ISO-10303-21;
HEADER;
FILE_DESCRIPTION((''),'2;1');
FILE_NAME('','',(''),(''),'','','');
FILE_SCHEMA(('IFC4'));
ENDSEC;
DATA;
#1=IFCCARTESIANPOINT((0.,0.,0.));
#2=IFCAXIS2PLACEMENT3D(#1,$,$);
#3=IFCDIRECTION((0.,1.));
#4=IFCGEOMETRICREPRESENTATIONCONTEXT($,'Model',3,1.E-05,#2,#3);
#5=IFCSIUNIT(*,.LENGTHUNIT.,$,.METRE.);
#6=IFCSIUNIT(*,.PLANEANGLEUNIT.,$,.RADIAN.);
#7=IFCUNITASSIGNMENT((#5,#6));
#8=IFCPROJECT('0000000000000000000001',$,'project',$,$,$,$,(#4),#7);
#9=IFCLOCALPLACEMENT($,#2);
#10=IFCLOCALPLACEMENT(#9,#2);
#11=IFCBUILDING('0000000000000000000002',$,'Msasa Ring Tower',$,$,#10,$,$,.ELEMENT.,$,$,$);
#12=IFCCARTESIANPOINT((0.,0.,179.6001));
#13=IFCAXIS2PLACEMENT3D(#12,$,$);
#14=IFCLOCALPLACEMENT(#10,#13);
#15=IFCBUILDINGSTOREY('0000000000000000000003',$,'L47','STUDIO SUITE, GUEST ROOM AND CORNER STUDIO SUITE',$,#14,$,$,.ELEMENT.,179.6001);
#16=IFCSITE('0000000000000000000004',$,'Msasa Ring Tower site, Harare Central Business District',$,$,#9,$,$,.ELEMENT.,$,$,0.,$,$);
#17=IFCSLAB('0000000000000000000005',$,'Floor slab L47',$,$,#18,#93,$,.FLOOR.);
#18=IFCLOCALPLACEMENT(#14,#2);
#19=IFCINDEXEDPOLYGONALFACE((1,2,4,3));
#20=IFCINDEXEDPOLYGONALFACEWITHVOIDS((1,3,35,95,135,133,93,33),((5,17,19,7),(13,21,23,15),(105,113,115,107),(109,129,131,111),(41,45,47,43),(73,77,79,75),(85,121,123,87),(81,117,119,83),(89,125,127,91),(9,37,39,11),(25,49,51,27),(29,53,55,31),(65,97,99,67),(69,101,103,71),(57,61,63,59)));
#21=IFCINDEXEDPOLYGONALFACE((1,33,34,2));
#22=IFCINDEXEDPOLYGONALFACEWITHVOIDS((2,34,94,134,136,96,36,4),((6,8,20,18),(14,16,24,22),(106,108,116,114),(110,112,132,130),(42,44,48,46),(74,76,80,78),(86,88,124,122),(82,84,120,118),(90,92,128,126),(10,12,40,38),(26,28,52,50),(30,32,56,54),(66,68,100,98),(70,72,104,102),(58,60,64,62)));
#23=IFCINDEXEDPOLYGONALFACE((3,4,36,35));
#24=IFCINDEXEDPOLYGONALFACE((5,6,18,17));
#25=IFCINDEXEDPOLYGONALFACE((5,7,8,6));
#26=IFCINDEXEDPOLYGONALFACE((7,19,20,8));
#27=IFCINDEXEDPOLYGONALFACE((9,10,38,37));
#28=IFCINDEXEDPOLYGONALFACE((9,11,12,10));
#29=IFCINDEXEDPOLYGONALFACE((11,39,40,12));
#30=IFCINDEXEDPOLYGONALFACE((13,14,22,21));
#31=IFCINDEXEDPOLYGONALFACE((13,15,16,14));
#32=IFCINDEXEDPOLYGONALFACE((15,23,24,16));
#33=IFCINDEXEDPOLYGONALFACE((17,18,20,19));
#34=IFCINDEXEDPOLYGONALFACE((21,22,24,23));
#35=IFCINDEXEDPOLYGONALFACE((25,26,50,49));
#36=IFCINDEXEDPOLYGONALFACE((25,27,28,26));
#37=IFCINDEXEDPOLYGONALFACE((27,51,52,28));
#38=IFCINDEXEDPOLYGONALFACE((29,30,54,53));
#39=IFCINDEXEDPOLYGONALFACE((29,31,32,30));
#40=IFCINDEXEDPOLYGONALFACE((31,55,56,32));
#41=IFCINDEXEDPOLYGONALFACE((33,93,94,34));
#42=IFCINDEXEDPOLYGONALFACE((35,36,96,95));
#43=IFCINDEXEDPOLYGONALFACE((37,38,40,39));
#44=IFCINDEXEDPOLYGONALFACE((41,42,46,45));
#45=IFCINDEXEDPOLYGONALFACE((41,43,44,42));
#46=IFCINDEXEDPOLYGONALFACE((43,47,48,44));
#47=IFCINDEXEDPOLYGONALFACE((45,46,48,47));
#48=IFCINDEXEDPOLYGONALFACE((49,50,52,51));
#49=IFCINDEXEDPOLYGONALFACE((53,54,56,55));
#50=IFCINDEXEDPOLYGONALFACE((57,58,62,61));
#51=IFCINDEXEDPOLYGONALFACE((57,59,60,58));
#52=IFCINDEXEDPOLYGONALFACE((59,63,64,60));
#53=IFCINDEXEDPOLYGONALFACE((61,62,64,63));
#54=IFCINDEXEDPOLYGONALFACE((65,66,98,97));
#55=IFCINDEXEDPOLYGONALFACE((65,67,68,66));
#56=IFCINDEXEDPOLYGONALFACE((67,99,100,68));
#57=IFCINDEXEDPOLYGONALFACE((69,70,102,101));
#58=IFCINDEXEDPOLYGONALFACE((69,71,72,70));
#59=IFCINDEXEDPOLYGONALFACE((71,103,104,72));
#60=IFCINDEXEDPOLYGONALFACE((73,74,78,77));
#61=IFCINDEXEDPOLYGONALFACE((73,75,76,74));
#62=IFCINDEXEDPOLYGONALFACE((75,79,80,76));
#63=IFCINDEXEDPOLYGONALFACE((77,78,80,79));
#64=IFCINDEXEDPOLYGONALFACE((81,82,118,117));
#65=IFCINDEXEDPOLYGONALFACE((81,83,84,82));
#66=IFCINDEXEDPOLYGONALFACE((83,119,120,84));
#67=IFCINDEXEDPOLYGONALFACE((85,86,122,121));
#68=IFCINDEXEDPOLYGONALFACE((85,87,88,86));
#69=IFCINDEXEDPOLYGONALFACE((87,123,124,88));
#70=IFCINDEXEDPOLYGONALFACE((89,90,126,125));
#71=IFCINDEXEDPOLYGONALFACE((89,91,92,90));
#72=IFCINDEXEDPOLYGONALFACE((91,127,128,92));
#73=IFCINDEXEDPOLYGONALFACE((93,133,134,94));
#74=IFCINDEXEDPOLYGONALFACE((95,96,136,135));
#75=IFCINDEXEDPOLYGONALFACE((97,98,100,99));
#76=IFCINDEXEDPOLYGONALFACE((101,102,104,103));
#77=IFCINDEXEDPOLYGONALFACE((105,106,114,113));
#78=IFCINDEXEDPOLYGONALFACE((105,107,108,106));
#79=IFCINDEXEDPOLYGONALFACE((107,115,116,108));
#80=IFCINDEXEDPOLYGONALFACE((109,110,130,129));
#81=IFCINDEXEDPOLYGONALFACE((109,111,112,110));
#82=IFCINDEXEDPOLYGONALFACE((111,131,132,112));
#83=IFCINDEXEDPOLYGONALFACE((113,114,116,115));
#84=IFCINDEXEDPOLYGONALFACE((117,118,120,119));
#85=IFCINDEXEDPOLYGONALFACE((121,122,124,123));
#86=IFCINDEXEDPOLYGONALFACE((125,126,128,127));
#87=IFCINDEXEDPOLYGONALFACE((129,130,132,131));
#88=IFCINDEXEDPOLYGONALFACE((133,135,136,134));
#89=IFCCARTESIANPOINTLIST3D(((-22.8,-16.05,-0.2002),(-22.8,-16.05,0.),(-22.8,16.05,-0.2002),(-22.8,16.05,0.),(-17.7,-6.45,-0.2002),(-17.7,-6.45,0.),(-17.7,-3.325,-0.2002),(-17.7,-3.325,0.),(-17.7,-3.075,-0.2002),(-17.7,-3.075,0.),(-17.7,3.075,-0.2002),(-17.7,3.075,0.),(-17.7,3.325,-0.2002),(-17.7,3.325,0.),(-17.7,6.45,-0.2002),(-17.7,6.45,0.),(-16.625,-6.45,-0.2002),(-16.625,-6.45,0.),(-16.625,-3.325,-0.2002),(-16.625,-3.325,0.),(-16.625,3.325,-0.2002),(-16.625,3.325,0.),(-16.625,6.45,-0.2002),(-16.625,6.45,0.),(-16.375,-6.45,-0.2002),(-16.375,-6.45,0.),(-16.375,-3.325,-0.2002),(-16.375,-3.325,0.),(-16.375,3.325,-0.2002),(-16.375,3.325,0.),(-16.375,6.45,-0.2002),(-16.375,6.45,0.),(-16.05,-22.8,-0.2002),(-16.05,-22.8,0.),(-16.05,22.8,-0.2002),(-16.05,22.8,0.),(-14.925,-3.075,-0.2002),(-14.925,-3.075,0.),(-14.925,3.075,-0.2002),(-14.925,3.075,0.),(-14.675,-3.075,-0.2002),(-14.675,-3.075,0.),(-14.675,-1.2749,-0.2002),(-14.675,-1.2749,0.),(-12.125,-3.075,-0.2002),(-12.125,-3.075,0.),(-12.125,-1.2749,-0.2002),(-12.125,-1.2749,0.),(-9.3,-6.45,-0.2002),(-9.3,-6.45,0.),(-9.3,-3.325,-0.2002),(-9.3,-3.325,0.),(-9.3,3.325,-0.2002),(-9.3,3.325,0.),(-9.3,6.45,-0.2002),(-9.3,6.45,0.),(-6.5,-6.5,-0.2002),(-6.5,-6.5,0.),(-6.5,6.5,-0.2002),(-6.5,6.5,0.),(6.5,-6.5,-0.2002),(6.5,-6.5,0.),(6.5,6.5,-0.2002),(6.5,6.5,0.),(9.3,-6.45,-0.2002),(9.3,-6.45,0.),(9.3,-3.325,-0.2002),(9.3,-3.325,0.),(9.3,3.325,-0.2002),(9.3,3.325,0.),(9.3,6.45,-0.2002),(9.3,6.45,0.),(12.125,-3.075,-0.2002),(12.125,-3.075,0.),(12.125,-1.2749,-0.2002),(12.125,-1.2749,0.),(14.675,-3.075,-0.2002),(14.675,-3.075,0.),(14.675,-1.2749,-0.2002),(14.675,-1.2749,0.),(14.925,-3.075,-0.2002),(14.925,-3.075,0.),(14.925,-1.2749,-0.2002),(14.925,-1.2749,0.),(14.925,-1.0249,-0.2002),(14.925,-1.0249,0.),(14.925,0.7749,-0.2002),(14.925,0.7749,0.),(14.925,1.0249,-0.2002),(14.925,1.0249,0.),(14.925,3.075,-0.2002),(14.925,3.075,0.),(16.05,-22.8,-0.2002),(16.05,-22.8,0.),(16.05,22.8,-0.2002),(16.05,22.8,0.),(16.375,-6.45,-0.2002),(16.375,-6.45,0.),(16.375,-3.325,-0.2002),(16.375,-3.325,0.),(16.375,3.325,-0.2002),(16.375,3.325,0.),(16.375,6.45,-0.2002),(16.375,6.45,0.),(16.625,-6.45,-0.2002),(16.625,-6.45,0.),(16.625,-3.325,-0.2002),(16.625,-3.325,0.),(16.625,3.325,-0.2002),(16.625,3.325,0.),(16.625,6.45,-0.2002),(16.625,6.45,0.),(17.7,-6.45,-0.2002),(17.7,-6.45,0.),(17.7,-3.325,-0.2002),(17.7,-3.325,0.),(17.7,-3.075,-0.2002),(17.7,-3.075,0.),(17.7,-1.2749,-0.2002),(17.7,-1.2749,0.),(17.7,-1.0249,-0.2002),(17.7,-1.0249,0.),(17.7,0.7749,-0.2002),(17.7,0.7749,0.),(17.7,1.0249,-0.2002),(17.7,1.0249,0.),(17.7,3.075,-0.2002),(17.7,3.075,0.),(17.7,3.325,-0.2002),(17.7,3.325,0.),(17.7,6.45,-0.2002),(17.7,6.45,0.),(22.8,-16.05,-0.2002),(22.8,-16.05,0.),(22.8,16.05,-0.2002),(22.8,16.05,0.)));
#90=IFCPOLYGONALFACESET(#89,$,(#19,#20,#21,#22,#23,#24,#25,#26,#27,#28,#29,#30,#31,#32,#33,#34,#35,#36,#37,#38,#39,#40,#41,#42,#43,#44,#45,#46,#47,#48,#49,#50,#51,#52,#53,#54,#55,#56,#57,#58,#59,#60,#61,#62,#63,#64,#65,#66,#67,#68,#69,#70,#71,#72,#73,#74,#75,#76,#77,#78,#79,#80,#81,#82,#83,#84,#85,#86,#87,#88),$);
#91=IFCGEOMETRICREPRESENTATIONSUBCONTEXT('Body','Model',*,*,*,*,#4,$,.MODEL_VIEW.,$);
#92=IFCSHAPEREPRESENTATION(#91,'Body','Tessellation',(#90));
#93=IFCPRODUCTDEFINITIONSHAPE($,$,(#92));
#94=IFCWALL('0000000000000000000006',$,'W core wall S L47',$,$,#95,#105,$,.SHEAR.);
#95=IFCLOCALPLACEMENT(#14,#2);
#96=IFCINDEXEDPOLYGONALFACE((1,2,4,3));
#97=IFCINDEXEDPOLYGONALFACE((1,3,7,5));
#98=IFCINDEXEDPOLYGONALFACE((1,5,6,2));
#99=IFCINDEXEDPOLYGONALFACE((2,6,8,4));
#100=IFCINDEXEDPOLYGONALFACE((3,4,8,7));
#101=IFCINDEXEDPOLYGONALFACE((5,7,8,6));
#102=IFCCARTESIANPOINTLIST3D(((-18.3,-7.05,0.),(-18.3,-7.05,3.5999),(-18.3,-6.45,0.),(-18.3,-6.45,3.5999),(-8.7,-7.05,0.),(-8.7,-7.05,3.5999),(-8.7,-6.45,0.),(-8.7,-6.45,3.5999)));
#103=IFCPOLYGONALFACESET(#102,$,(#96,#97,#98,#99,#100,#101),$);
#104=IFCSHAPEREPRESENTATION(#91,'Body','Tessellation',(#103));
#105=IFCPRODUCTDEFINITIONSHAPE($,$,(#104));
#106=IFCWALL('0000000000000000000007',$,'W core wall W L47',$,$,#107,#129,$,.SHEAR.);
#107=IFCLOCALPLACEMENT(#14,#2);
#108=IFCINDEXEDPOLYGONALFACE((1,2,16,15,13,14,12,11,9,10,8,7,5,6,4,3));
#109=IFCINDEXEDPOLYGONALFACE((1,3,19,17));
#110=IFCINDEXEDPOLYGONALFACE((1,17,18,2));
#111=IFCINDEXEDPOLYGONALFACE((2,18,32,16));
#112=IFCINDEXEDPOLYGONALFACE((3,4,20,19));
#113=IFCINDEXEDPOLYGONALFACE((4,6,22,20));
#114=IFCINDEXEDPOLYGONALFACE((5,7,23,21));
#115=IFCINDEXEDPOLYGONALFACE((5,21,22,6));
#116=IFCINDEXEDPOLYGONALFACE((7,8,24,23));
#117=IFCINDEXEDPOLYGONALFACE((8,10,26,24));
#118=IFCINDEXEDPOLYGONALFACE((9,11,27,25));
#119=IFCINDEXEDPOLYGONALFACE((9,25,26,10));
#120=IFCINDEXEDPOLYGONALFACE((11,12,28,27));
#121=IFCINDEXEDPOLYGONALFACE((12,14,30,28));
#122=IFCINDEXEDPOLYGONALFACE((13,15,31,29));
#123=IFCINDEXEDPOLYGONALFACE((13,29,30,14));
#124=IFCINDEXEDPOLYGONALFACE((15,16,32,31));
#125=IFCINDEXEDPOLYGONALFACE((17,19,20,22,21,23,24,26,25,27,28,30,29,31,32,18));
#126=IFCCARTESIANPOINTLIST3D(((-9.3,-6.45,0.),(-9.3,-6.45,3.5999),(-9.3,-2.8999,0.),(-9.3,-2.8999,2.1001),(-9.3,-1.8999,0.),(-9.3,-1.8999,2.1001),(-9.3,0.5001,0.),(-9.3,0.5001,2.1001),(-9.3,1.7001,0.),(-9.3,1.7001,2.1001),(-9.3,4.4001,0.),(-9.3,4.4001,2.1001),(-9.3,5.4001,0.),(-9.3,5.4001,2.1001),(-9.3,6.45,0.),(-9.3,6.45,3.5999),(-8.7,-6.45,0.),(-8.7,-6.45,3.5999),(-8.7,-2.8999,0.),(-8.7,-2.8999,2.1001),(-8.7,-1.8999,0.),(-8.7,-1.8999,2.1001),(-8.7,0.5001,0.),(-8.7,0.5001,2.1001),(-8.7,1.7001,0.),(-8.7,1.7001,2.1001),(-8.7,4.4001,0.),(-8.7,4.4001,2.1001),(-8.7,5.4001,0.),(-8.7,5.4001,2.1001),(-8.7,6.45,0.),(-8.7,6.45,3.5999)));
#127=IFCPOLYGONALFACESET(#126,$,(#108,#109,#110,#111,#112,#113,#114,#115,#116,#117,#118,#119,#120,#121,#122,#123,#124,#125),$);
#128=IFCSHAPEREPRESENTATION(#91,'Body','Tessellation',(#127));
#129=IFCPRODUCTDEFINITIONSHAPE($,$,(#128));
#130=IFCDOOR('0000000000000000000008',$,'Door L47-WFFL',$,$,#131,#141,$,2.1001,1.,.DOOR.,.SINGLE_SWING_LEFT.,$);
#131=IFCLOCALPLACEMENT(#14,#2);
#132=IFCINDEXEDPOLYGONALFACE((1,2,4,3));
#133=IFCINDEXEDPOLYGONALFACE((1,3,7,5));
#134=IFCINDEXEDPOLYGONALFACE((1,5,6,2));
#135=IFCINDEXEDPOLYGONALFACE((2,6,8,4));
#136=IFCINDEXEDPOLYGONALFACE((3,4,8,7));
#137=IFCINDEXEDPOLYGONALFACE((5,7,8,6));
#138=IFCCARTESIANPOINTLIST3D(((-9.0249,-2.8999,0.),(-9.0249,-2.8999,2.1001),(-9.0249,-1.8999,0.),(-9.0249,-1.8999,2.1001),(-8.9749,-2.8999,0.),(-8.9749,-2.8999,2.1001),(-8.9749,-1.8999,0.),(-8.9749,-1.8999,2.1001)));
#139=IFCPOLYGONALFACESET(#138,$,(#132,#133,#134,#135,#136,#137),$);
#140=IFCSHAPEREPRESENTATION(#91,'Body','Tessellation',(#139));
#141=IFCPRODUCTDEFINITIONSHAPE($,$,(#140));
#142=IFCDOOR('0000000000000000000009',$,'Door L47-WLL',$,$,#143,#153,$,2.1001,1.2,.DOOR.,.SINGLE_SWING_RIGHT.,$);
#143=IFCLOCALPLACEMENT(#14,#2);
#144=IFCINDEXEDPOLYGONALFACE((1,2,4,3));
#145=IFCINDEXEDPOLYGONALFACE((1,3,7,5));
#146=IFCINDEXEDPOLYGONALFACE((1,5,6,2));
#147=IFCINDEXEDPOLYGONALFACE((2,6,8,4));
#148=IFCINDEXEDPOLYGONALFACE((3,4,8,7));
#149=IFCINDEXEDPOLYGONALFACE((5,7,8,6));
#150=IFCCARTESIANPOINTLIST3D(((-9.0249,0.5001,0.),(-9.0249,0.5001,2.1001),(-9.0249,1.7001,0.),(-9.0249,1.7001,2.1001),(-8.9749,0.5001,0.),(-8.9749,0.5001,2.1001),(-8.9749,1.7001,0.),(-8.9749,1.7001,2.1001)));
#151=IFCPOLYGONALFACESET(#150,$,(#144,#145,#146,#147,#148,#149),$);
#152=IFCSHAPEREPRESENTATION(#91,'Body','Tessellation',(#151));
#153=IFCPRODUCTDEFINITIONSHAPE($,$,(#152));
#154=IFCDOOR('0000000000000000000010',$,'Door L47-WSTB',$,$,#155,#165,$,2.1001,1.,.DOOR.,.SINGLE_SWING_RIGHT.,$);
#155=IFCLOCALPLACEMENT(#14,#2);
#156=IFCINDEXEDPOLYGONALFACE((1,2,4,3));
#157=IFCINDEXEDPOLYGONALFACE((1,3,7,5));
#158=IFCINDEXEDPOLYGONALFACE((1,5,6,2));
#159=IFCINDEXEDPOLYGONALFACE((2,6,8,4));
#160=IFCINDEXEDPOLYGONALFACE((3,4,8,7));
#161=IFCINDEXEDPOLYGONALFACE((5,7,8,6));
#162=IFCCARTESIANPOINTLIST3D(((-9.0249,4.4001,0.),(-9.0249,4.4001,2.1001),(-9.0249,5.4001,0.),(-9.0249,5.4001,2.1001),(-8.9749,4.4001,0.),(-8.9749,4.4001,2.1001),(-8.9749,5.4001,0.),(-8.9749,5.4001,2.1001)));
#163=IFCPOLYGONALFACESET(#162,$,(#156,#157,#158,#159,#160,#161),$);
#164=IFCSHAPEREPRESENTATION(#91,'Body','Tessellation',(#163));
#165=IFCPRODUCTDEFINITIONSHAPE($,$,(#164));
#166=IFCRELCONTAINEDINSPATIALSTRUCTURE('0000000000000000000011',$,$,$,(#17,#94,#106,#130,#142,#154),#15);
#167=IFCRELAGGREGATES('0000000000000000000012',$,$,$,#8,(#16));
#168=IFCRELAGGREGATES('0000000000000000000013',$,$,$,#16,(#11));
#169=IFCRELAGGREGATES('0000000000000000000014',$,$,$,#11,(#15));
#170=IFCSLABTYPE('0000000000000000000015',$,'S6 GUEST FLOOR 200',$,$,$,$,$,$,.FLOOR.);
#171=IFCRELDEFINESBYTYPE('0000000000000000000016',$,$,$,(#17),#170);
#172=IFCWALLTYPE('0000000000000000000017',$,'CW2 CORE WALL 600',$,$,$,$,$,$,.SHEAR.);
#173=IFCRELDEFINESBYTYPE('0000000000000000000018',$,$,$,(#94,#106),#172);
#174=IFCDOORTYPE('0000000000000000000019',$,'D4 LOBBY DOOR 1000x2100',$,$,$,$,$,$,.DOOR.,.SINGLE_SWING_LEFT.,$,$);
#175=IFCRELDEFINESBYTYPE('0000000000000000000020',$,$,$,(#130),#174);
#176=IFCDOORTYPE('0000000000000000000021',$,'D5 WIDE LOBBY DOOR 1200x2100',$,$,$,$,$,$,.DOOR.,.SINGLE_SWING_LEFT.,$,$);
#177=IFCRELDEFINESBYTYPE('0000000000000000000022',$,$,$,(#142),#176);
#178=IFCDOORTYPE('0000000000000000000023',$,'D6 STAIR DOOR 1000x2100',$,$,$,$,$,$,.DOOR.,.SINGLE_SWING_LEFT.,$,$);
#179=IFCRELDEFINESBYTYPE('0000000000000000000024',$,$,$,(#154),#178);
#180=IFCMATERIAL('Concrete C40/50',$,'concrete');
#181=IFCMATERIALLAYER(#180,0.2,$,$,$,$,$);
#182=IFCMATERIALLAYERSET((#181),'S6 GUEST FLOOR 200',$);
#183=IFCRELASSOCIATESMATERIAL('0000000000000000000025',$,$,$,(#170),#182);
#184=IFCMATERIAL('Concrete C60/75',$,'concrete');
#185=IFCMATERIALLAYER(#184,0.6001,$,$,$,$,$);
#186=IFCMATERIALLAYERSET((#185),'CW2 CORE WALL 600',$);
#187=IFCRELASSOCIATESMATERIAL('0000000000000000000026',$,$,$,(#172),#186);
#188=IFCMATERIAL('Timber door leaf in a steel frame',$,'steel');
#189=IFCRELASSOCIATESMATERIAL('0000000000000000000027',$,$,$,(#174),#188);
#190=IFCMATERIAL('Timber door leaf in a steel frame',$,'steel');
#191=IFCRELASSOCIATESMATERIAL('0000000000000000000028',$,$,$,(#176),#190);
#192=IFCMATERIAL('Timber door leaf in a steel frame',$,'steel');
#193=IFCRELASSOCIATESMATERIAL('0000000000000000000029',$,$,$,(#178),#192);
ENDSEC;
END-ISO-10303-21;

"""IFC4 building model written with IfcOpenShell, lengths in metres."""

from ifc_helpers import new_model, si_unit, direction, frame, frame_2d, origin, place, context, subcontext, project, spatial, polyline, rectangle, outline, extrude, material, layer, layer_set, type_object, element, fill, save


model = new_model("IFC4")

# Units and contexts
model_context = context("Model", 3, precision=1e-05, world=origin(), true_north=direction((0.0, 1.0)))
body_context = subcontext(model_context, "Body", "Model", "MODEL_VIEW")
ifc_project = project(units=[si_unit("LENGTHUNIT", "METRE"), si_unit("PLANEANGLEUNIT", "RADIAN")], contexts=[model_context])

# Site, building, storey
site_placement = place(None, origin())
site = spatial("IfcSite", under=ifc_project, at=site_placement, Name="Msasa Ring Tower site, Harare Central Business District", CompositionType="ELEMENT", RefElevation=0.0)
building_placement = place(site_placement, origin())
building = spatial("IfcBuilding", under=site, at=building_placement, Name="Msasa Ring Tower", CompositionType="ELEMENT")
storey_placement = place(building_placement, frame((0.0, 0.0, 179.6001)))
storey = spatial("IfcBuildingStorey", under=building, at=storey_placement, Name="L47", Description="STUDIO SUITE, GUEST ROOM AND CORNER STUDIO SUITE", CompositionType="ELEMENT", Elevation=179.6001)

# Slab
ifc_material_1 = material(Name="Concrete C40/50", Category="concrete")
ifc_layer_1 = layer(ifc_material_1, 0.2)
ifc_layer_set_1 = layer_set([ifc_layer_1], Name="S6 GUEST FLOOR 200")
slab_type = type_object("IfcSlabType", Name="S6 GUEST FLOOR 200", PredefinedType="FLOOR", material=ifc_layer_set_1)
slab_placement = place(storey_placement, frame((0.0, 0.0, -0.2002)))
element("IfcSlab", 1, at=slab_placement, inside=storey, type_object=slab_type, Name="Floor slab L47", PredefinedType="FLOOR", context=body_context, shape_type="SweptSolid", body=[
    extrude(outline(polyline([(-16.05, -22.8), (16.05, -22.8), (22.8, -16.05), (22.8, 16.05), (16.05, 22.8), (-16.05, 22.8), (-22.8, 16.05), (-22.8, -16.05), (-16.05, -22.8)]), holes=[polyline([(-6.5, -6.5), (6.5, -6.5), (6.5, 6.5), (-6.5, 6.5), (-6.5, -6.5)]), polyline([(9.3, -6.45), (16.375, -6.45), (16.375, -3.325), (9.3, -3.325), (9.3, -6.45)]), polyline([(9.3, 3.325), (16.375, 3.325), (16.375, 6.45), (9.3, 6.45), (9.3, 3.325)]), polyline([(12.125, -3.075), (14.675, -3.075), (14.675, -1.2749), (12.125, -1.2749), (12.125, -3.075)]), polyline([(16.625, -6.45), (17.7, -6.45), (17.7, -3.325), (16.625, -3.325), (16.625, -6.45)]), polyline([(16.625, 3.325), (17.7, 3.325), (17.7, 6.45), (16.625, 6.45), (16.625, 3.325)]), polyline([(14.925, -3.075), (17.7, -3.075), (17.7, -1.2749), (14.925, -1.2749), (14.925, -3.075)]), polyline([(14.925, -1.0249), (17.7, -1.0249), (17.7, 0.7749), (14.925, 0.7749), (14.925, -1.0249)]), polyline([(14.925, 1.0249), (17.7, 1.0249), (17.7, 3.075), (14.925, 3.075), (14.925, 1.0249)]), polyline([(-16.375, -6.45), (-9.3, -6.45), (-9.3, -3.325), (-16.375, -3.325), (-16.375, -6.45)]), polyline([(-16.375, 3.325), (-9.3, 3.325), (-9.3, 6.45), (-16.375, 6.45), (-16.375, 3.325)]), polyline([(-14.675, -3.075), (-12.125, -3.075), (-12.125, -1.2749), (-14.675, -1.2749), (-14.675, -3.075)]), polyline([(-17.7, -6.45), (-16.625, -6.45), (-16.625, -3.325), (-17.7, -3.325), (-17.7, -6.45)]), polyline([(-17.7, 3.325), (-16.625, 3.325), (-16.625, 6.45), (-17.7, 6.45), (-17.7, 3.325)]), polyline([(-17.7, -3.075), (-14.925, -3.075), (-14.925, 3.075), (-17.7, 3.075), (-17.7, -3.075)])]), origin(), (0.0, 0.0, 1.0), 0.2002),
])

# Wall
ifc_material_2 = material(Name="Concrete C60/75", Category="concrete")
ifc_layer_2 = layer(ifc_material_2, 0.6001)
ifc_layer_set_2 = layer_set([ifc_layer_2], Name="CW2 CORE WALL 600")
wall_type_1 = type_object("IfcWallType", Name="CW2 CORE WALL 600", PredefinedType="SHEAR", material=ifc_layer_set_2)
wall_1_placement = place(storey_placement, frame((-8.7, -6.75, 0.0), z_axis=(0.0, 0.0, 1.0), x_axis=(-1.0, 0.0, 0.0)))
element("IfcWall", 2, at=wall_1_placement, inside=storey, type_object=wall_type_1, Name="W core wall S L47", PredefinedType="SHEAR", context=body_context, shape_type="SweptSolid", body=[
    extrude(rectangle(XDim=9.6001, YDim=0.6001, at=frame_2d((4.8, 0.0))), origin(), (0.0, 0.0, 1.0), 3.5999),
])

# Wall, openings, doors
wall_2_placement = place(storey_placement, frame((-9.0, -6.45, 0.0), z_axis=(0.0, 0.0, 1.0), x_axis=(0.0, 1.0, 0.0)))
wall_2 = element("IfcWall", 3, at=wall_2_placement, inside=storey, type_object=wall_type_1, Name="W core wall W L47", PredefinedType="SHEAR", context=body_context, shape_type="SweptSolid", body=[
    extrude(rectangle(XDim=12.8999, YDim=0.6001, at=frame_2d((6.45, 0.0))), origin(), (0.0, 0.0, 1.0), 3.5999),
])
opening_1_placement = place(wall_2_placement, frame((3.55, 0.0, 0.0)))
opening_1 = element("IfcOpeningElement", 4, at=opening_1_placement, cuts=wall_2, PredefinedType="OPENING", context=body_context, shape_type="SweptSolid", body=[
    extrude(rectangle(XDim=1.0, YDim=2.1001, at=frame_2d((0.5, 1.05))), frame((0.0, 0.3101, 0.0), z_axis=(0.0, -1.0, 0.0), x_axis=(1.0, 0.0, 0.0)), (0.0, 0.0, 1.0), 0.6201),
])
opening_2_placement = place(wall_2_placement, frame((6.95, 0.0, 0.0)))
opening_2 = element("IfcOpeningElement", 5, at=opening_2_placement, cuts=wall_2, PredefinedType="OPENING", context=body_context, shape_type="SweptSolid", body=[
    extrude(rectangle(XDim=1.2, YDim=2.1001, at=frame_2d((0.6001, 1.05))), frame((0.0, 0.3101, 0.0), z_axis=(0.0, -1.0, 0.0), x_axis=(1.0, 0.0, 0.0)), (0.0, 0.0, 1.0), 0.6201),
])
opening_3_placement = place(wall_2_placement, frame((10.8501, 0.0, 0.0)))
opening_3 = element("IfcOpeningElement", 6, at=opening_3_placement, cuts=wall_2, PredefinedType="OPENING", context=body_context, shape_type="SweptSolid", body=[
    extrude(rectangle(XDim=1.0, YDim=2.1001, at=frame_2d((0.5, 1.05))), frame((0.0, 0.3101, 0.0), z_axis=(0.0, -1.0, 0.0), x_axis=(1.0, 0.0, 0.0)), (0.0, 0.0, 1.0), 0.6201),
])
ifc_material_3 = material(Name="Timber door leaf in a steel frame", Category="steel")
door_type_1 = type_object("IfcDoorType", Name="D4 LOBBY DOOR 1000x2100", OperationType="SINGLE_SWING_LEFT", PredefinedType="DOOR", material=ifc_material_3)
door_1_placement = place(opening_1_placement, origin())
door_1 = element("IfcDoor", 7, at=door_1_placement, inside=storey, type_object=door_type_1, Name="Door L47-WFFL", OperationType="SINGLE_SWING_LEFT", OverallHeight=2.1001, OverallWidth=1.0, PredefinedType="DOOR", context=body_context, shape_type="SweptSolid", body=[
    extrude(rectangle(XDim=1.0, YDim=2.1001, at=frame_2d((0.5, 1.05))), frame((0.0, 0.0249, 0.0), z_axis=(0.0, -1.0, 0.0), x_axis=(1.0, 0.0, 0.0)), (0.0, 0.0, 1.0), 0.05),
])
fill(opening_1, door_1)
ifc_material_4 = material(Name="Timber door leaf in a steel frame", Category="steel")
door_type_2 = type_object("IfcDoorType", Name="D5 WIDE LOBBY DOOR 1200x2100", OperationType="SINGLE_SWING_LEFT", PredefinedType="DOOR", material=ifc_material_4)
door_2_placement = place(opening_2_placement, origin())
door_2 = element("IfcDoor", 8, at=door_2_placement, inside=storey, type_object=door_type_2, Name="Door L47-WLL", OperationType="SINGLE_SWING_RIGHT", OverallHeight=2.1001, OverallWidth=1.2, PredefinedType="DOOR", context=body_context, shape_type="SweptSolid", body=[
    extrude(rectangle(XDim=1.2, YDim=2.1001, at=frame_2d((0.6001, 1.05))), frame((0.0, 0.0249, 0.0), z_axis=(0.0, -1.0, 0.0), x_axis=(1.0, 0.0, 0.0)), (0.0, 0.0, 1.0), 0.05),
])
fill(opening_2, door_2)
ifc_material_5 = material(Name="Timber door leaf in a steel frame", Category="steel")
door_type_3 = type_object("IfcDoorType", Name="D6 STAIR DOOR 1000x2100", OperationType="SINGLE_SWING_LEFT", PredefinedType="DOOR", material=ifc_material_5)
door_3_placement = place(opening_3_placement, origin())
door_3 = element("IfcDoor", 9, at=door_3_placement, inside=storey, type_object=door_type_3, Name="Door L47-WSTB", OperationType="SINGLE_SWING_RIGHT", OverallHeight=2.1001, OverallWidth=1.0, PredefinedType="DOOR", context=body_context, shape_type="SweptSolid", body=[
    extrude(rectangle(XDim=1.0, YDim=2.1001, at=frame_2d((0.5, 1.05))), frame((0.0, 0.0249, 0.0), z_axis=(0.0, -1.0, 0.0), x_axis=(1.0, 0.0, 0.0)), (0.0, 0.0, 1.0), 0.05),
])
fill(opening_3, door_3)

save(model, "model.ifc")
